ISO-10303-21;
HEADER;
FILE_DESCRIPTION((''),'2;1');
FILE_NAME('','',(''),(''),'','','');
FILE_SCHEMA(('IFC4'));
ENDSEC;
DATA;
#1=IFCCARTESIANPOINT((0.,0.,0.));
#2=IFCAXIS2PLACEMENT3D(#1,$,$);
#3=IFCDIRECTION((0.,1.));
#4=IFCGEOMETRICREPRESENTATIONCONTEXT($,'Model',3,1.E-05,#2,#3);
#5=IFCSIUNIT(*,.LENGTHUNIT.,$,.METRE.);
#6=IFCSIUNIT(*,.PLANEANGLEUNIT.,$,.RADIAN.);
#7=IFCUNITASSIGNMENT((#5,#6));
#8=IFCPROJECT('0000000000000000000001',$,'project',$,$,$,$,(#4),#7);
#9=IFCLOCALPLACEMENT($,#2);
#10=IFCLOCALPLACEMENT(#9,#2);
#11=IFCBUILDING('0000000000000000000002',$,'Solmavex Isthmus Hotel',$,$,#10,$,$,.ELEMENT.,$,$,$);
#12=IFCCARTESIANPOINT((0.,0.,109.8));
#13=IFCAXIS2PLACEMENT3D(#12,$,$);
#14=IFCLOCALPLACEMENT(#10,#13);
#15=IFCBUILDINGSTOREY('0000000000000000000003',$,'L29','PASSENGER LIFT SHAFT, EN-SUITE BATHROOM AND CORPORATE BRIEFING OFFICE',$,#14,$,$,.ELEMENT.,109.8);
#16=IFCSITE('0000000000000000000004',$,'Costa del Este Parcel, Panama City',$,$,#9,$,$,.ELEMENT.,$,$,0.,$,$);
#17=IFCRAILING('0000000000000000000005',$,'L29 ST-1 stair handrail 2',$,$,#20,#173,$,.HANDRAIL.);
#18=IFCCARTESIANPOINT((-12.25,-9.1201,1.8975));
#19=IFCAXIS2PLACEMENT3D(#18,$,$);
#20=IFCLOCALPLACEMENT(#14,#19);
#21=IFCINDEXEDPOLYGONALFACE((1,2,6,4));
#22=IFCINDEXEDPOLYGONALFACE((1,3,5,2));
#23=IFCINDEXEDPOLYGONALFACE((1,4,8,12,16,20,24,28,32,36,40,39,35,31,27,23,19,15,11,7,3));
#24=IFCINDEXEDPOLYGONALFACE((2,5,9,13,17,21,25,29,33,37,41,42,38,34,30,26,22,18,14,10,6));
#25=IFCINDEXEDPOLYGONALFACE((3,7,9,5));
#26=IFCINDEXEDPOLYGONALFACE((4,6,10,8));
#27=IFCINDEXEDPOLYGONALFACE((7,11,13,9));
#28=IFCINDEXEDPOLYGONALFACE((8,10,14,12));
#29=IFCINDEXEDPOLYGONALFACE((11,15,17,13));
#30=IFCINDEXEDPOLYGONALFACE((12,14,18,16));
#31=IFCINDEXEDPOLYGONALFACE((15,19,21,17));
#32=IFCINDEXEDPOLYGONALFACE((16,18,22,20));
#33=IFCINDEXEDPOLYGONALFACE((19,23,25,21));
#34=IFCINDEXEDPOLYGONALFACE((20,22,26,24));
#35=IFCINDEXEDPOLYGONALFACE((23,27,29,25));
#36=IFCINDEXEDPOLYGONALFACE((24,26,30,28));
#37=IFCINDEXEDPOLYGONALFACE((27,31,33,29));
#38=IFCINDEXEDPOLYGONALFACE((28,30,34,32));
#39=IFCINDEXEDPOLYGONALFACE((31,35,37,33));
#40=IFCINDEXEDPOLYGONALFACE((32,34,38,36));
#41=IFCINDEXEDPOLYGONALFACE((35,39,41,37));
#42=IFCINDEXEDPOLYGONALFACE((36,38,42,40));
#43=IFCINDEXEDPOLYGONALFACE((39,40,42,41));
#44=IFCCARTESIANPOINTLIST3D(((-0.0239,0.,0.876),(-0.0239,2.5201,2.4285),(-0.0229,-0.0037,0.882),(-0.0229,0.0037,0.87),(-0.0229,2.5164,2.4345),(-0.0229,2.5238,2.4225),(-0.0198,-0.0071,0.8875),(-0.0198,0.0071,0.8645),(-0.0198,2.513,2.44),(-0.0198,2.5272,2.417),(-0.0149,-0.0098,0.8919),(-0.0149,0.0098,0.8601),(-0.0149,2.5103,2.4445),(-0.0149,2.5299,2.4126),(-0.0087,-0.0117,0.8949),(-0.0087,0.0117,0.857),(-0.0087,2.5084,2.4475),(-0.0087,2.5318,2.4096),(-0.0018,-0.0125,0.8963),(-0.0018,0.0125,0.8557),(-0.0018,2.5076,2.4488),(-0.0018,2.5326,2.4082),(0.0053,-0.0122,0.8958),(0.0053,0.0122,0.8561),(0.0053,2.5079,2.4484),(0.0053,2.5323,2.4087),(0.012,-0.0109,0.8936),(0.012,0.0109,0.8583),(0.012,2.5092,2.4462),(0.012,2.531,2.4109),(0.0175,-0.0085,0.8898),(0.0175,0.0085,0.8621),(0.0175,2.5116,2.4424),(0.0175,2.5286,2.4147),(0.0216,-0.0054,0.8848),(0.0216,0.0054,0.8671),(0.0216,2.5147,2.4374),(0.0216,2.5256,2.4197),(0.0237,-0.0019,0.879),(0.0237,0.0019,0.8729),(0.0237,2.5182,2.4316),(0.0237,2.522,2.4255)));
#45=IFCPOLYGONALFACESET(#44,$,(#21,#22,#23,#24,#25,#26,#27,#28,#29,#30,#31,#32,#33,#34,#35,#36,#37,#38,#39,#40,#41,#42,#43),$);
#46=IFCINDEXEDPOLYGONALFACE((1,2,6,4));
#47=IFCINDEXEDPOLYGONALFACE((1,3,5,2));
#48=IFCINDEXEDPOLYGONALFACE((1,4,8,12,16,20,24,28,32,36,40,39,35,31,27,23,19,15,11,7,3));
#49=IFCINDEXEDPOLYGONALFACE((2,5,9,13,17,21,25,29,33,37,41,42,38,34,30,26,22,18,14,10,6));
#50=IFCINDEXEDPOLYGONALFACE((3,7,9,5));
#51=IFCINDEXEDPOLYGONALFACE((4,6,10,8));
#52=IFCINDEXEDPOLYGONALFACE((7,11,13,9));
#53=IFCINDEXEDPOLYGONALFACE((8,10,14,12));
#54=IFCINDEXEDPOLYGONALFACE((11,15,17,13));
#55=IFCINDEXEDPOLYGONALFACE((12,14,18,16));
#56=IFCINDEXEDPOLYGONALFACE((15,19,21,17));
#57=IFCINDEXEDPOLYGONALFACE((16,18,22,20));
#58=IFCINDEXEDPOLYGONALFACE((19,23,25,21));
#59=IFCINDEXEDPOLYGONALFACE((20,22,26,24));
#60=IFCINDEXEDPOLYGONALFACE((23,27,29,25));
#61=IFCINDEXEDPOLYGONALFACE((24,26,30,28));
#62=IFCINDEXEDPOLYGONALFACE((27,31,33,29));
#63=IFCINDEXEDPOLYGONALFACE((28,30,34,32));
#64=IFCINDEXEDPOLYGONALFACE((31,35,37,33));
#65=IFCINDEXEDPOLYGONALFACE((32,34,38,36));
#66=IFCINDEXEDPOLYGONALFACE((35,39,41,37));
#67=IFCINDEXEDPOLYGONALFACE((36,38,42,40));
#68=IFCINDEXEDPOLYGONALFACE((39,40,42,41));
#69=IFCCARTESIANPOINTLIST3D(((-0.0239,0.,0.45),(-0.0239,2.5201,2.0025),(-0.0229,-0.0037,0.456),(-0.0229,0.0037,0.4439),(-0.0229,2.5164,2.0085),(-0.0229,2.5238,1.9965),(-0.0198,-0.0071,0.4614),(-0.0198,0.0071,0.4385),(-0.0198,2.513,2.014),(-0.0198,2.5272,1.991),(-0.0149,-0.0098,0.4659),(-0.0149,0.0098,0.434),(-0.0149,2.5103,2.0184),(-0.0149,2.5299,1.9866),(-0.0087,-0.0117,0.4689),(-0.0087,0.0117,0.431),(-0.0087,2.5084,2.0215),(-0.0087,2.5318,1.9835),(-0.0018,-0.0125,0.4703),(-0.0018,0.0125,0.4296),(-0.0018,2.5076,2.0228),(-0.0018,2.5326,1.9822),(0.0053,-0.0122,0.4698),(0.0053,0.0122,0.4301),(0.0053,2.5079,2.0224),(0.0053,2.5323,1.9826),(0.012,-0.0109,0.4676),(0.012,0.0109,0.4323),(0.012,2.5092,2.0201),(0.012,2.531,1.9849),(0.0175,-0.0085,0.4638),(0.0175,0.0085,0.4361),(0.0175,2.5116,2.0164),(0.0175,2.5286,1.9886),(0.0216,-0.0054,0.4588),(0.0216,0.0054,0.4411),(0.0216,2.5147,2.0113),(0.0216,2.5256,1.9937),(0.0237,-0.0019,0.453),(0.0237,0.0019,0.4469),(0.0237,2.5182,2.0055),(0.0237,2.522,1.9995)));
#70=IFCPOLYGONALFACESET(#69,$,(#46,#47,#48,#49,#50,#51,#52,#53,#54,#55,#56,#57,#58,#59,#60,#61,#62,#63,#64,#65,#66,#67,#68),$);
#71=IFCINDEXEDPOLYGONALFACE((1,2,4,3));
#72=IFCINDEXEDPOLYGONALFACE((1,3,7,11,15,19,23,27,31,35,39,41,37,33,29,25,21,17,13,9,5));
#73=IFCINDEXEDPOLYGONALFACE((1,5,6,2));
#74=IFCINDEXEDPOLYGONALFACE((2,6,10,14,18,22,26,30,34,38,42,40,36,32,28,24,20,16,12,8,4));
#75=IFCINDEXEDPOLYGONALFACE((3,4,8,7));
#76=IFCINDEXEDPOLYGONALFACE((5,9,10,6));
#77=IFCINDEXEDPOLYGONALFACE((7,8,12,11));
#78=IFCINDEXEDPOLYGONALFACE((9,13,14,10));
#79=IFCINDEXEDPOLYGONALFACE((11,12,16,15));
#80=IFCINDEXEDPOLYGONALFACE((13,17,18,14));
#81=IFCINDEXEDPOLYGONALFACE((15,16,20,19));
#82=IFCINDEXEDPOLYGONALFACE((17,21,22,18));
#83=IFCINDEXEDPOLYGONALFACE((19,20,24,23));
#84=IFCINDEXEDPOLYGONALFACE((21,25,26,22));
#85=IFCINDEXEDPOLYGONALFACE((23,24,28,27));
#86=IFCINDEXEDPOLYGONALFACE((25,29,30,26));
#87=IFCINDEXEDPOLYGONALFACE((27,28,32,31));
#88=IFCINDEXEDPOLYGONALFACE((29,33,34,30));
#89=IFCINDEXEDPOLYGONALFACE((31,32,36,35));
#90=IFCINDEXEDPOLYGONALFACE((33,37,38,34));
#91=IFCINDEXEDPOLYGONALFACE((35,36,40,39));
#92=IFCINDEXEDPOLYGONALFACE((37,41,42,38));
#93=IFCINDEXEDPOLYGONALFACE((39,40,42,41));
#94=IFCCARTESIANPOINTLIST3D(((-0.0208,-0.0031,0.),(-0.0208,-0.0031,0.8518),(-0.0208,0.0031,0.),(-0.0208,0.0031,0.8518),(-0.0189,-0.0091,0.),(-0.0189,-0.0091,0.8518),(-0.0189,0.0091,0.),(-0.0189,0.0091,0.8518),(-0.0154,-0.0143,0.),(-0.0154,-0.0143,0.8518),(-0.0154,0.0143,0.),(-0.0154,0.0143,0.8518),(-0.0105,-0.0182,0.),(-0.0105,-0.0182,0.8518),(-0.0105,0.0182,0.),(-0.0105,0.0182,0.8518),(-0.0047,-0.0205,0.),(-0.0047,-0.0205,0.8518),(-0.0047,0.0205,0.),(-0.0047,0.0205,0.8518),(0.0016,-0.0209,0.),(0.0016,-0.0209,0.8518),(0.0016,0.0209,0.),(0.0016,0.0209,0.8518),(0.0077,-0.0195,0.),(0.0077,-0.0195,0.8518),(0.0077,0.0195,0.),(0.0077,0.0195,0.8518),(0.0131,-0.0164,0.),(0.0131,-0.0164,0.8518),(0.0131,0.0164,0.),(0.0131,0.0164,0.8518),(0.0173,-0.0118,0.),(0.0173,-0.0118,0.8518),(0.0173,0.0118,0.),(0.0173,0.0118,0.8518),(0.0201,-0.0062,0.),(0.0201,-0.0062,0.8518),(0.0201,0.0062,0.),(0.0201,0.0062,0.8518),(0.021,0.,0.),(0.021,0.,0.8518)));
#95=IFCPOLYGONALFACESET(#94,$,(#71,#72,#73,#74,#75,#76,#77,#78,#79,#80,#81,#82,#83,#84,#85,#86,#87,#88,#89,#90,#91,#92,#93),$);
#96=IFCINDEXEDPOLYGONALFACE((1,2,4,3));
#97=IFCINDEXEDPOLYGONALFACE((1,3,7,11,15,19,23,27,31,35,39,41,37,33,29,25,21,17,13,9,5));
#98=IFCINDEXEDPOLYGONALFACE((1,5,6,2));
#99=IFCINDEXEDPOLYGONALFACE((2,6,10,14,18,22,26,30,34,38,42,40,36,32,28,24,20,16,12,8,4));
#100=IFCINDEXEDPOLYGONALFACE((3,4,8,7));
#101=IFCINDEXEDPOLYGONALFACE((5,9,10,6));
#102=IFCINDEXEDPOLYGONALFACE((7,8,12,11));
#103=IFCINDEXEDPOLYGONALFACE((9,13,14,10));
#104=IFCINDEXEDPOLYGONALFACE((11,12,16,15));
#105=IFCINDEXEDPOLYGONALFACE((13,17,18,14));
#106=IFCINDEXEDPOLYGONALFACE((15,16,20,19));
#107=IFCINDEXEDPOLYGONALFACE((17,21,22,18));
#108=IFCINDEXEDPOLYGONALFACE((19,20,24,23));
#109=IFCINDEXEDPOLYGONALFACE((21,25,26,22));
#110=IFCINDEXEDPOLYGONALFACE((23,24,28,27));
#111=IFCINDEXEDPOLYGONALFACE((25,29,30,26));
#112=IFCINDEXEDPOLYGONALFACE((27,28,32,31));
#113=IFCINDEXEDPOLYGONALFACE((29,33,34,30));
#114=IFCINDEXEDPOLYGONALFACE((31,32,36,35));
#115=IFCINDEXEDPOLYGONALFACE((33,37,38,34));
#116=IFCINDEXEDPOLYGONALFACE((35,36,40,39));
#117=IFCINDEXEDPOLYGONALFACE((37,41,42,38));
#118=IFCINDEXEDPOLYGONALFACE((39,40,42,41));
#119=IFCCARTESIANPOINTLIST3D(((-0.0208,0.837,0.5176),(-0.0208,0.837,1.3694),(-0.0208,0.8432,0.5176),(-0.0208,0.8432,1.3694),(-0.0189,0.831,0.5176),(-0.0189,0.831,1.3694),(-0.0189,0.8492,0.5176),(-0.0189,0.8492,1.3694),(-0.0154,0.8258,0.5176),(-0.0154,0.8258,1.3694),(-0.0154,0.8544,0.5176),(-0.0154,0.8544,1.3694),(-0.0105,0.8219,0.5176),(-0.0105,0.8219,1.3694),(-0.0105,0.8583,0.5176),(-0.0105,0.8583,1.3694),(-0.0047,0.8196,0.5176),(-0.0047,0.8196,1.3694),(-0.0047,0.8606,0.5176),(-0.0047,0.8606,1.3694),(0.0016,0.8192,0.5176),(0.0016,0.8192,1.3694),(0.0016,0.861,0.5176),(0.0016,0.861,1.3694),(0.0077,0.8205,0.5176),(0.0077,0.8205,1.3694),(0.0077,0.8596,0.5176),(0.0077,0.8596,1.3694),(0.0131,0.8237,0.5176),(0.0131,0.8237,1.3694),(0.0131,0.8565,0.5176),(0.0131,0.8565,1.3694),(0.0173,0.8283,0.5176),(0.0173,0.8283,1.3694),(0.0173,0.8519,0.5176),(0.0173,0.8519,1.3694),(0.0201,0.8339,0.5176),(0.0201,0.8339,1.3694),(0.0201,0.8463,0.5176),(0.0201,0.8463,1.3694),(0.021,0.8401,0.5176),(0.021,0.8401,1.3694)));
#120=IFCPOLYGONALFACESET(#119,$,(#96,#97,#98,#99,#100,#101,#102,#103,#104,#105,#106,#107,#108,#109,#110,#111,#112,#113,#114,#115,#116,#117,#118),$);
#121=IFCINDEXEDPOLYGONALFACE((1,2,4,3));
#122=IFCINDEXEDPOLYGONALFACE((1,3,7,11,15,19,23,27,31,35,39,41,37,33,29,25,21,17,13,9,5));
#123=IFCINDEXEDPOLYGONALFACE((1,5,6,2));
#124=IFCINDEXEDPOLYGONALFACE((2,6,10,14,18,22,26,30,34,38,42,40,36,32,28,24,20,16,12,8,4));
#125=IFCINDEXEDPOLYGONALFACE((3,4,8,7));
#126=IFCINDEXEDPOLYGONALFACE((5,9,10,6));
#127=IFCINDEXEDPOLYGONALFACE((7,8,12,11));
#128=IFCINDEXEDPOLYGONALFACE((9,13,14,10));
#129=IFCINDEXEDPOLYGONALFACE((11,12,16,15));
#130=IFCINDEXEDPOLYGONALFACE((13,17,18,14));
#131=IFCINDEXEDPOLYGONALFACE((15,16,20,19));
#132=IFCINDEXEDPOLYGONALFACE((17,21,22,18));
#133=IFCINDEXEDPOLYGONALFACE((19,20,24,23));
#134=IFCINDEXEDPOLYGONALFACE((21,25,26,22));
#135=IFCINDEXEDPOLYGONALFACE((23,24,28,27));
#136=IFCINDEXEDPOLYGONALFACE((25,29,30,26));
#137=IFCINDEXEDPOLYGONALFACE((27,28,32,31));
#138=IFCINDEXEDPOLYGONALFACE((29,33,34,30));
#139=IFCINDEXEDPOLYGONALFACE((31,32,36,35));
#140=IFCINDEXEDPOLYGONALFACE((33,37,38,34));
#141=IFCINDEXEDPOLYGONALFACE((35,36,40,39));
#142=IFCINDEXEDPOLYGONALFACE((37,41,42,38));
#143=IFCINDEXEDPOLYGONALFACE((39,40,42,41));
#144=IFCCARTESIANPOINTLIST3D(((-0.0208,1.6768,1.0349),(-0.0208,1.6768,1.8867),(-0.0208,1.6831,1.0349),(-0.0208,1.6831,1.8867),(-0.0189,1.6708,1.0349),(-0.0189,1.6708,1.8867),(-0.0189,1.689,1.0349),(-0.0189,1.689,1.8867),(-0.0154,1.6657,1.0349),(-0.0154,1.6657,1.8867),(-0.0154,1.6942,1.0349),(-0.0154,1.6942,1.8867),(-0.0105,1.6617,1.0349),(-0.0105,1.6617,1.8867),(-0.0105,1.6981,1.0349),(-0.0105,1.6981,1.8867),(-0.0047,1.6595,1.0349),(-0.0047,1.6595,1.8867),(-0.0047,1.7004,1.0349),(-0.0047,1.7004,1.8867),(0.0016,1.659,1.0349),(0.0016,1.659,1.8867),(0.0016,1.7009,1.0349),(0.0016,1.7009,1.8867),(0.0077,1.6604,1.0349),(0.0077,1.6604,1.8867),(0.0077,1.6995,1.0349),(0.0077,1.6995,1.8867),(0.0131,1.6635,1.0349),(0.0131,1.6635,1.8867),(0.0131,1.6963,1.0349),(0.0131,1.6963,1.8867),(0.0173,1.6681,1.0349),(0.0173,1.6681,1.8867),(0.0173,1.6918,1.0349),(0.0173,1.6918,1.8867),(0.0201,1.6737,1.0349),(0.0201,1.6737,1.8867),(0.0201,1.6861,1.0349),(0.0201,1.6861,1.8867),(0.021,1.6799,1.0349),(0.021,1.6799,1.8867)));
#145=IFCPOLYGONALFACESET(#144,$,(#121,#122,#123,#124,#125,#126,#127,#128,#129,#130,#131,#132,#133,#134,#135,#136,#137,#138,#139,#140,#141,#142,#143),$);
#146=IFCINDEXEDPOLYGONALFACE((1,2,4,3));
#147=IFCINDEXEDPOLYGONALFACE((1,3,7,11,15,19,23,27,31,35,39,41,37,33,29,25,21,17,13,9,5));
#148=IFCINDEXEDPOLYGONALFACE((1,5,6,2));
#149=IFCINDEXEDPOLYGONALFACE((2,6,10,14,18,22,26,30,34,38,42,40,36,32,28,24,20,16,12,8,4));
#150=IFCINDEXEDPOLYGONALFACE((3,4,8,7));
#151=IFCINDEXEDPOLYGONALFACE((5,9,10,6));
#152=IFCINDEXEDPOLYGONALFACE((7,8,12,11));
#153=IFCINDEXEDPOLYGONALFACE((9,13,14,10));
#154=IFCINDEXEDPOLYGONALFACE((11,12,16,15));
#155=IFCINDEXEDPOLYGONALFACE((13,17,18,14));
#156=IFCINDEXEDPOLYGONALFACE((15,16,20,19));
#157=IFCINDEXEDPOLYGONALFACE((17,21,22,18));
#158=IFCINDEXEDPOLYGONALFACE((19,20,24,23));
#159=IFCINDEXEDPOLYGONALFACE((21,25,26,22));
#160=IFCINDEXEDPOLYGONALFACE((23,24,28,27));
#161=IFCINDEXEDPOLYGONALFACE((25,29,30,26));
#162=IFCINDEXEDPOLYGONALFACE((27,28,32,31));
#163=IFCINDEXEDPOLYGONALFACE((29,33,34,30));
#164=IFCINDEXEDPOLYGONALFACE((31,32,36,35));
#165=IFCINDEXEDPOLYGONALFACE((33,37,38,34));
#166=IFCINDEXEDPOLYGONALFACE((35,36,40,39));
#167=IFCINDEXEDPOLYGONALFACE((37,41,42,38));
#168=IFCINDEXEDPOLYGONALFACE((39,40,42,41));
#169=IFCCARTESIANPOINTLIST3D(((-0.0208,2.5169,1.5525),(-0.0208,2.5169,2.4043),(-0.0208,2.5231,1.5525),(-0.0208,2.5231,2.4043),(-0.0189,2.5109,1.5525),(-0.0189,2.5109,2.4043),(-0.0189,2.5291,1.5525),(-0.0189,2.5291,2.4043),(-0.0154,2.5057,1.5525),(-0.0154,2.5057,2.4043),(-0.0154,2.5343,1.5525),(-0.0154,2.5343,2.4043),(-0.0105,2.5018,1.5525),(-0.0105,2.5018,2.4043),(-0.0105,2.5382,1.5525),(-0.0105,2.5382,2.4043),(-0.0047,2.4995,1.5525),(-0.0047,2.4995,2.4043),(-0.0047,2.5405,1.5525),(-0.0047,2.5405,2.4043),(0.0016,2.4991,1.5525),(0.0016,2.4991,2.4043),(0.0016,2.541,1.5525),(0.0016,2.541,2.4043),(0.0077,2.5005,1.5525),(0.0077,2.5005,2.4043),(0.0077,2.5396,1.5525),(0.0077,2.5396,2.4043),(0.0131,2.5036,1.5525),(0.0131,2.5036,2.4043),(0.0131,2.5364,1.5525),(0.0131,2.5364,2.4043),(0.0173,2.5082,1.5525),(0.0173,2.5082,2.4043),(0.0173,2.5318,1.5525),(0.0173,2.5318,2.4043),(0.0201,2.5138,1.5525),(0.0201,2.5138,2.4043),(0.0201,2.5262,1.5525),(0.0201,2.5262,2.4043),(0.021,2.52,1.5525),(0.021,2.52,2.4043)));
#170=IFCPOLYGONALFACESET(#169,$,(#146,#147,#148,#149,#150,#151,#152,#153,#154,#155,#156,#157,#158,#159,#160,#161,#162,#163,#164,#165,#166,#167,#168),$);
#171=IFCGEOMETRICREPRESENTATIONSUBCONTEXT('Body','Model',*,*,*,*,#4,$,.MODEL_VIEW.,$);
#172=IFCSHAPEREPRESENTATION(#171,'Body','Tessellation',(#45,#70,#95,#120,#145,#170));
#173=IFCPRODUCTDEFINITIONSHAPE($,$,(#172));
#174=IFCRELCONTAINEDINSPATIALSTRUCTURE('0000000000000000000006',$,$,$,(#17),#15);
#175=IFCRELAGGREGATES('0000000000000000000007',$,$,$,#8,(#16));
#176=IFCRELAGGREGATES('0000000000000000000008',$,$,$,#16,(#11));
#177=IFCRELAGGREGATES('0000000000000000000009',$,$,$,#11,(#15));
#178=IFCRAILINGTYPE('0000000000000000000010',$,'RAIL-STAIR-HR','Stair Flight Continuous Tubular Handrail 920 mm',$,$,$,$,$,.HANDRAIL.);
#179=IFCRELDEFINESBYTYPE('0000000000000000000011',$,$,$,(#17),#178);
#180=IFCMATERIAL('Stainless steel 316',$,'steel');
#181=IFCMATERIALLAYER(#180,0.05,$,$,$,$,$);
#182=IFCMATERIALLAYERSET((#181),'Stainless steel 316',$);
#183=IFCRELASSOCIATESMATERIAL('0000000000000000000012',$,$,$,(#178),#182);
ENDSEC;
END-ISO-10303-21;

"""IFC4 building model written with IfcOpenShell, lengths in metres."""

from ifc_helpers import new_model, si_unit, direction, frame, origin, origin_2d, place, context, subcontext, project, spatial, circle, extrude, material, layer, layer_set, type_object, element, save


model = new_model("IFC4")

# Units and contexts
model_context = context("Model", 3, precision=1e-05, world=origin(), true_north=direction((0.0, 1.0)))
body_context = subcontext(model_context, "Body", "Model", "MODEL_VIEW")
ifc_project = project(units=[si_unit("LENGTHUNIT", "METRE"), si_unit("PLANEANGLEUNIT", "RADIAN")], contexts=[model_context])

# Site, building, storey
site_placement = place(None, origin())
site = spatial("IfcSite", under=ifc_project, at=site_placement, Name="Costa del Este Parcel, Panama City", CompositionType="ELEMENT", RefElevation=0.0)
building_placement = place(site_placement, origin())
building = spatial("IfcBuilding", under=site, at=building_placement, Name="Solmavex Isthmus Hotel", CompositionType="ELEMENT")
storey_placement = place(building_placement, frame((0.0, 0.0, 109.8)))
storey = spatial("IfcBuildingStorey", under=building, at=storey_placement, Name="L29", Description="PASSENGER LIFT SHAFT, EN-SUITE BATHROOM AND CORPORATE BRIEFING OFFICE", CompositionType="ELEMENT", Elevation=109.8)

# Shared definitions
ifc_material_1 = material(Name="Stainless steel 316", Category="steel")

# Railing
ifc_layer_1 = layer(ifc_material_1, 0.05)
ifc_layer_set_1 = layer_set([ifc_layer_1], Name="Stainless steel 316")
railing_type_1 = type_object("IfcRailingType", Name="RAIL-STAIR-HR", Description="Stair Flight Continuous Tubular Handrail 920 mm", PredefinedType="HANDRAIL", material=ifc_layer_set_1)
railing_1_placement = place(storey_placement, frame((-12.25, -9.1201, 1.8975)))
element("IfcRailing", 1, at=railing_1_placement, inside=storey, type_object=railing_type_1, Name="L29 ST-1 stair handrail 2", PredefinedType="HANDRAIL", context=body_context, shape_type="SweptSolid", body=[
    extrude(circle(Radius=0.0239, at=origin_2d()), frame((0.0, 0.0, 0.876), z_axis=(0.0, 0.8514, 0.524516), x_axis=(-1.0, 0.0, 0.0)), (0.0, 0.0, 1.0), 2.96),
    extrude(circle(Radius=0.0239, at=origin_2d()), frame((0.0, 0.0, 0.45), z_axis=(0.0, 0.8514, 0.524516), x_axis=(-1.0, 0.0, 0.0)), (0.0, 0.0, 1.0), 2.96),
    extrude(circle(Radius=0.021, at=origin_2d()), origin(), (0.0, 0.0, 1.0), 0.8518),
    extrude(circle(Radius=0.021, at=origin_2d()), frame((0.0, 0.8401, 0.5176)), (0.0, 0.0, 1.0), 0.8518),
    extrude(circle(Radius=0.021, at=origin_2d()), frame((0.0, 1.6799, 1.0349)), (0.0, 0.0, 1.0), 0.8518),
    extrude(circle(Radius=0.021, at=origin_2d()), frame((0.0, 2.52, 1.5525)), (0.0, 0.0, 1.0), 0.8518),
])

save(model, "model.ifc")
